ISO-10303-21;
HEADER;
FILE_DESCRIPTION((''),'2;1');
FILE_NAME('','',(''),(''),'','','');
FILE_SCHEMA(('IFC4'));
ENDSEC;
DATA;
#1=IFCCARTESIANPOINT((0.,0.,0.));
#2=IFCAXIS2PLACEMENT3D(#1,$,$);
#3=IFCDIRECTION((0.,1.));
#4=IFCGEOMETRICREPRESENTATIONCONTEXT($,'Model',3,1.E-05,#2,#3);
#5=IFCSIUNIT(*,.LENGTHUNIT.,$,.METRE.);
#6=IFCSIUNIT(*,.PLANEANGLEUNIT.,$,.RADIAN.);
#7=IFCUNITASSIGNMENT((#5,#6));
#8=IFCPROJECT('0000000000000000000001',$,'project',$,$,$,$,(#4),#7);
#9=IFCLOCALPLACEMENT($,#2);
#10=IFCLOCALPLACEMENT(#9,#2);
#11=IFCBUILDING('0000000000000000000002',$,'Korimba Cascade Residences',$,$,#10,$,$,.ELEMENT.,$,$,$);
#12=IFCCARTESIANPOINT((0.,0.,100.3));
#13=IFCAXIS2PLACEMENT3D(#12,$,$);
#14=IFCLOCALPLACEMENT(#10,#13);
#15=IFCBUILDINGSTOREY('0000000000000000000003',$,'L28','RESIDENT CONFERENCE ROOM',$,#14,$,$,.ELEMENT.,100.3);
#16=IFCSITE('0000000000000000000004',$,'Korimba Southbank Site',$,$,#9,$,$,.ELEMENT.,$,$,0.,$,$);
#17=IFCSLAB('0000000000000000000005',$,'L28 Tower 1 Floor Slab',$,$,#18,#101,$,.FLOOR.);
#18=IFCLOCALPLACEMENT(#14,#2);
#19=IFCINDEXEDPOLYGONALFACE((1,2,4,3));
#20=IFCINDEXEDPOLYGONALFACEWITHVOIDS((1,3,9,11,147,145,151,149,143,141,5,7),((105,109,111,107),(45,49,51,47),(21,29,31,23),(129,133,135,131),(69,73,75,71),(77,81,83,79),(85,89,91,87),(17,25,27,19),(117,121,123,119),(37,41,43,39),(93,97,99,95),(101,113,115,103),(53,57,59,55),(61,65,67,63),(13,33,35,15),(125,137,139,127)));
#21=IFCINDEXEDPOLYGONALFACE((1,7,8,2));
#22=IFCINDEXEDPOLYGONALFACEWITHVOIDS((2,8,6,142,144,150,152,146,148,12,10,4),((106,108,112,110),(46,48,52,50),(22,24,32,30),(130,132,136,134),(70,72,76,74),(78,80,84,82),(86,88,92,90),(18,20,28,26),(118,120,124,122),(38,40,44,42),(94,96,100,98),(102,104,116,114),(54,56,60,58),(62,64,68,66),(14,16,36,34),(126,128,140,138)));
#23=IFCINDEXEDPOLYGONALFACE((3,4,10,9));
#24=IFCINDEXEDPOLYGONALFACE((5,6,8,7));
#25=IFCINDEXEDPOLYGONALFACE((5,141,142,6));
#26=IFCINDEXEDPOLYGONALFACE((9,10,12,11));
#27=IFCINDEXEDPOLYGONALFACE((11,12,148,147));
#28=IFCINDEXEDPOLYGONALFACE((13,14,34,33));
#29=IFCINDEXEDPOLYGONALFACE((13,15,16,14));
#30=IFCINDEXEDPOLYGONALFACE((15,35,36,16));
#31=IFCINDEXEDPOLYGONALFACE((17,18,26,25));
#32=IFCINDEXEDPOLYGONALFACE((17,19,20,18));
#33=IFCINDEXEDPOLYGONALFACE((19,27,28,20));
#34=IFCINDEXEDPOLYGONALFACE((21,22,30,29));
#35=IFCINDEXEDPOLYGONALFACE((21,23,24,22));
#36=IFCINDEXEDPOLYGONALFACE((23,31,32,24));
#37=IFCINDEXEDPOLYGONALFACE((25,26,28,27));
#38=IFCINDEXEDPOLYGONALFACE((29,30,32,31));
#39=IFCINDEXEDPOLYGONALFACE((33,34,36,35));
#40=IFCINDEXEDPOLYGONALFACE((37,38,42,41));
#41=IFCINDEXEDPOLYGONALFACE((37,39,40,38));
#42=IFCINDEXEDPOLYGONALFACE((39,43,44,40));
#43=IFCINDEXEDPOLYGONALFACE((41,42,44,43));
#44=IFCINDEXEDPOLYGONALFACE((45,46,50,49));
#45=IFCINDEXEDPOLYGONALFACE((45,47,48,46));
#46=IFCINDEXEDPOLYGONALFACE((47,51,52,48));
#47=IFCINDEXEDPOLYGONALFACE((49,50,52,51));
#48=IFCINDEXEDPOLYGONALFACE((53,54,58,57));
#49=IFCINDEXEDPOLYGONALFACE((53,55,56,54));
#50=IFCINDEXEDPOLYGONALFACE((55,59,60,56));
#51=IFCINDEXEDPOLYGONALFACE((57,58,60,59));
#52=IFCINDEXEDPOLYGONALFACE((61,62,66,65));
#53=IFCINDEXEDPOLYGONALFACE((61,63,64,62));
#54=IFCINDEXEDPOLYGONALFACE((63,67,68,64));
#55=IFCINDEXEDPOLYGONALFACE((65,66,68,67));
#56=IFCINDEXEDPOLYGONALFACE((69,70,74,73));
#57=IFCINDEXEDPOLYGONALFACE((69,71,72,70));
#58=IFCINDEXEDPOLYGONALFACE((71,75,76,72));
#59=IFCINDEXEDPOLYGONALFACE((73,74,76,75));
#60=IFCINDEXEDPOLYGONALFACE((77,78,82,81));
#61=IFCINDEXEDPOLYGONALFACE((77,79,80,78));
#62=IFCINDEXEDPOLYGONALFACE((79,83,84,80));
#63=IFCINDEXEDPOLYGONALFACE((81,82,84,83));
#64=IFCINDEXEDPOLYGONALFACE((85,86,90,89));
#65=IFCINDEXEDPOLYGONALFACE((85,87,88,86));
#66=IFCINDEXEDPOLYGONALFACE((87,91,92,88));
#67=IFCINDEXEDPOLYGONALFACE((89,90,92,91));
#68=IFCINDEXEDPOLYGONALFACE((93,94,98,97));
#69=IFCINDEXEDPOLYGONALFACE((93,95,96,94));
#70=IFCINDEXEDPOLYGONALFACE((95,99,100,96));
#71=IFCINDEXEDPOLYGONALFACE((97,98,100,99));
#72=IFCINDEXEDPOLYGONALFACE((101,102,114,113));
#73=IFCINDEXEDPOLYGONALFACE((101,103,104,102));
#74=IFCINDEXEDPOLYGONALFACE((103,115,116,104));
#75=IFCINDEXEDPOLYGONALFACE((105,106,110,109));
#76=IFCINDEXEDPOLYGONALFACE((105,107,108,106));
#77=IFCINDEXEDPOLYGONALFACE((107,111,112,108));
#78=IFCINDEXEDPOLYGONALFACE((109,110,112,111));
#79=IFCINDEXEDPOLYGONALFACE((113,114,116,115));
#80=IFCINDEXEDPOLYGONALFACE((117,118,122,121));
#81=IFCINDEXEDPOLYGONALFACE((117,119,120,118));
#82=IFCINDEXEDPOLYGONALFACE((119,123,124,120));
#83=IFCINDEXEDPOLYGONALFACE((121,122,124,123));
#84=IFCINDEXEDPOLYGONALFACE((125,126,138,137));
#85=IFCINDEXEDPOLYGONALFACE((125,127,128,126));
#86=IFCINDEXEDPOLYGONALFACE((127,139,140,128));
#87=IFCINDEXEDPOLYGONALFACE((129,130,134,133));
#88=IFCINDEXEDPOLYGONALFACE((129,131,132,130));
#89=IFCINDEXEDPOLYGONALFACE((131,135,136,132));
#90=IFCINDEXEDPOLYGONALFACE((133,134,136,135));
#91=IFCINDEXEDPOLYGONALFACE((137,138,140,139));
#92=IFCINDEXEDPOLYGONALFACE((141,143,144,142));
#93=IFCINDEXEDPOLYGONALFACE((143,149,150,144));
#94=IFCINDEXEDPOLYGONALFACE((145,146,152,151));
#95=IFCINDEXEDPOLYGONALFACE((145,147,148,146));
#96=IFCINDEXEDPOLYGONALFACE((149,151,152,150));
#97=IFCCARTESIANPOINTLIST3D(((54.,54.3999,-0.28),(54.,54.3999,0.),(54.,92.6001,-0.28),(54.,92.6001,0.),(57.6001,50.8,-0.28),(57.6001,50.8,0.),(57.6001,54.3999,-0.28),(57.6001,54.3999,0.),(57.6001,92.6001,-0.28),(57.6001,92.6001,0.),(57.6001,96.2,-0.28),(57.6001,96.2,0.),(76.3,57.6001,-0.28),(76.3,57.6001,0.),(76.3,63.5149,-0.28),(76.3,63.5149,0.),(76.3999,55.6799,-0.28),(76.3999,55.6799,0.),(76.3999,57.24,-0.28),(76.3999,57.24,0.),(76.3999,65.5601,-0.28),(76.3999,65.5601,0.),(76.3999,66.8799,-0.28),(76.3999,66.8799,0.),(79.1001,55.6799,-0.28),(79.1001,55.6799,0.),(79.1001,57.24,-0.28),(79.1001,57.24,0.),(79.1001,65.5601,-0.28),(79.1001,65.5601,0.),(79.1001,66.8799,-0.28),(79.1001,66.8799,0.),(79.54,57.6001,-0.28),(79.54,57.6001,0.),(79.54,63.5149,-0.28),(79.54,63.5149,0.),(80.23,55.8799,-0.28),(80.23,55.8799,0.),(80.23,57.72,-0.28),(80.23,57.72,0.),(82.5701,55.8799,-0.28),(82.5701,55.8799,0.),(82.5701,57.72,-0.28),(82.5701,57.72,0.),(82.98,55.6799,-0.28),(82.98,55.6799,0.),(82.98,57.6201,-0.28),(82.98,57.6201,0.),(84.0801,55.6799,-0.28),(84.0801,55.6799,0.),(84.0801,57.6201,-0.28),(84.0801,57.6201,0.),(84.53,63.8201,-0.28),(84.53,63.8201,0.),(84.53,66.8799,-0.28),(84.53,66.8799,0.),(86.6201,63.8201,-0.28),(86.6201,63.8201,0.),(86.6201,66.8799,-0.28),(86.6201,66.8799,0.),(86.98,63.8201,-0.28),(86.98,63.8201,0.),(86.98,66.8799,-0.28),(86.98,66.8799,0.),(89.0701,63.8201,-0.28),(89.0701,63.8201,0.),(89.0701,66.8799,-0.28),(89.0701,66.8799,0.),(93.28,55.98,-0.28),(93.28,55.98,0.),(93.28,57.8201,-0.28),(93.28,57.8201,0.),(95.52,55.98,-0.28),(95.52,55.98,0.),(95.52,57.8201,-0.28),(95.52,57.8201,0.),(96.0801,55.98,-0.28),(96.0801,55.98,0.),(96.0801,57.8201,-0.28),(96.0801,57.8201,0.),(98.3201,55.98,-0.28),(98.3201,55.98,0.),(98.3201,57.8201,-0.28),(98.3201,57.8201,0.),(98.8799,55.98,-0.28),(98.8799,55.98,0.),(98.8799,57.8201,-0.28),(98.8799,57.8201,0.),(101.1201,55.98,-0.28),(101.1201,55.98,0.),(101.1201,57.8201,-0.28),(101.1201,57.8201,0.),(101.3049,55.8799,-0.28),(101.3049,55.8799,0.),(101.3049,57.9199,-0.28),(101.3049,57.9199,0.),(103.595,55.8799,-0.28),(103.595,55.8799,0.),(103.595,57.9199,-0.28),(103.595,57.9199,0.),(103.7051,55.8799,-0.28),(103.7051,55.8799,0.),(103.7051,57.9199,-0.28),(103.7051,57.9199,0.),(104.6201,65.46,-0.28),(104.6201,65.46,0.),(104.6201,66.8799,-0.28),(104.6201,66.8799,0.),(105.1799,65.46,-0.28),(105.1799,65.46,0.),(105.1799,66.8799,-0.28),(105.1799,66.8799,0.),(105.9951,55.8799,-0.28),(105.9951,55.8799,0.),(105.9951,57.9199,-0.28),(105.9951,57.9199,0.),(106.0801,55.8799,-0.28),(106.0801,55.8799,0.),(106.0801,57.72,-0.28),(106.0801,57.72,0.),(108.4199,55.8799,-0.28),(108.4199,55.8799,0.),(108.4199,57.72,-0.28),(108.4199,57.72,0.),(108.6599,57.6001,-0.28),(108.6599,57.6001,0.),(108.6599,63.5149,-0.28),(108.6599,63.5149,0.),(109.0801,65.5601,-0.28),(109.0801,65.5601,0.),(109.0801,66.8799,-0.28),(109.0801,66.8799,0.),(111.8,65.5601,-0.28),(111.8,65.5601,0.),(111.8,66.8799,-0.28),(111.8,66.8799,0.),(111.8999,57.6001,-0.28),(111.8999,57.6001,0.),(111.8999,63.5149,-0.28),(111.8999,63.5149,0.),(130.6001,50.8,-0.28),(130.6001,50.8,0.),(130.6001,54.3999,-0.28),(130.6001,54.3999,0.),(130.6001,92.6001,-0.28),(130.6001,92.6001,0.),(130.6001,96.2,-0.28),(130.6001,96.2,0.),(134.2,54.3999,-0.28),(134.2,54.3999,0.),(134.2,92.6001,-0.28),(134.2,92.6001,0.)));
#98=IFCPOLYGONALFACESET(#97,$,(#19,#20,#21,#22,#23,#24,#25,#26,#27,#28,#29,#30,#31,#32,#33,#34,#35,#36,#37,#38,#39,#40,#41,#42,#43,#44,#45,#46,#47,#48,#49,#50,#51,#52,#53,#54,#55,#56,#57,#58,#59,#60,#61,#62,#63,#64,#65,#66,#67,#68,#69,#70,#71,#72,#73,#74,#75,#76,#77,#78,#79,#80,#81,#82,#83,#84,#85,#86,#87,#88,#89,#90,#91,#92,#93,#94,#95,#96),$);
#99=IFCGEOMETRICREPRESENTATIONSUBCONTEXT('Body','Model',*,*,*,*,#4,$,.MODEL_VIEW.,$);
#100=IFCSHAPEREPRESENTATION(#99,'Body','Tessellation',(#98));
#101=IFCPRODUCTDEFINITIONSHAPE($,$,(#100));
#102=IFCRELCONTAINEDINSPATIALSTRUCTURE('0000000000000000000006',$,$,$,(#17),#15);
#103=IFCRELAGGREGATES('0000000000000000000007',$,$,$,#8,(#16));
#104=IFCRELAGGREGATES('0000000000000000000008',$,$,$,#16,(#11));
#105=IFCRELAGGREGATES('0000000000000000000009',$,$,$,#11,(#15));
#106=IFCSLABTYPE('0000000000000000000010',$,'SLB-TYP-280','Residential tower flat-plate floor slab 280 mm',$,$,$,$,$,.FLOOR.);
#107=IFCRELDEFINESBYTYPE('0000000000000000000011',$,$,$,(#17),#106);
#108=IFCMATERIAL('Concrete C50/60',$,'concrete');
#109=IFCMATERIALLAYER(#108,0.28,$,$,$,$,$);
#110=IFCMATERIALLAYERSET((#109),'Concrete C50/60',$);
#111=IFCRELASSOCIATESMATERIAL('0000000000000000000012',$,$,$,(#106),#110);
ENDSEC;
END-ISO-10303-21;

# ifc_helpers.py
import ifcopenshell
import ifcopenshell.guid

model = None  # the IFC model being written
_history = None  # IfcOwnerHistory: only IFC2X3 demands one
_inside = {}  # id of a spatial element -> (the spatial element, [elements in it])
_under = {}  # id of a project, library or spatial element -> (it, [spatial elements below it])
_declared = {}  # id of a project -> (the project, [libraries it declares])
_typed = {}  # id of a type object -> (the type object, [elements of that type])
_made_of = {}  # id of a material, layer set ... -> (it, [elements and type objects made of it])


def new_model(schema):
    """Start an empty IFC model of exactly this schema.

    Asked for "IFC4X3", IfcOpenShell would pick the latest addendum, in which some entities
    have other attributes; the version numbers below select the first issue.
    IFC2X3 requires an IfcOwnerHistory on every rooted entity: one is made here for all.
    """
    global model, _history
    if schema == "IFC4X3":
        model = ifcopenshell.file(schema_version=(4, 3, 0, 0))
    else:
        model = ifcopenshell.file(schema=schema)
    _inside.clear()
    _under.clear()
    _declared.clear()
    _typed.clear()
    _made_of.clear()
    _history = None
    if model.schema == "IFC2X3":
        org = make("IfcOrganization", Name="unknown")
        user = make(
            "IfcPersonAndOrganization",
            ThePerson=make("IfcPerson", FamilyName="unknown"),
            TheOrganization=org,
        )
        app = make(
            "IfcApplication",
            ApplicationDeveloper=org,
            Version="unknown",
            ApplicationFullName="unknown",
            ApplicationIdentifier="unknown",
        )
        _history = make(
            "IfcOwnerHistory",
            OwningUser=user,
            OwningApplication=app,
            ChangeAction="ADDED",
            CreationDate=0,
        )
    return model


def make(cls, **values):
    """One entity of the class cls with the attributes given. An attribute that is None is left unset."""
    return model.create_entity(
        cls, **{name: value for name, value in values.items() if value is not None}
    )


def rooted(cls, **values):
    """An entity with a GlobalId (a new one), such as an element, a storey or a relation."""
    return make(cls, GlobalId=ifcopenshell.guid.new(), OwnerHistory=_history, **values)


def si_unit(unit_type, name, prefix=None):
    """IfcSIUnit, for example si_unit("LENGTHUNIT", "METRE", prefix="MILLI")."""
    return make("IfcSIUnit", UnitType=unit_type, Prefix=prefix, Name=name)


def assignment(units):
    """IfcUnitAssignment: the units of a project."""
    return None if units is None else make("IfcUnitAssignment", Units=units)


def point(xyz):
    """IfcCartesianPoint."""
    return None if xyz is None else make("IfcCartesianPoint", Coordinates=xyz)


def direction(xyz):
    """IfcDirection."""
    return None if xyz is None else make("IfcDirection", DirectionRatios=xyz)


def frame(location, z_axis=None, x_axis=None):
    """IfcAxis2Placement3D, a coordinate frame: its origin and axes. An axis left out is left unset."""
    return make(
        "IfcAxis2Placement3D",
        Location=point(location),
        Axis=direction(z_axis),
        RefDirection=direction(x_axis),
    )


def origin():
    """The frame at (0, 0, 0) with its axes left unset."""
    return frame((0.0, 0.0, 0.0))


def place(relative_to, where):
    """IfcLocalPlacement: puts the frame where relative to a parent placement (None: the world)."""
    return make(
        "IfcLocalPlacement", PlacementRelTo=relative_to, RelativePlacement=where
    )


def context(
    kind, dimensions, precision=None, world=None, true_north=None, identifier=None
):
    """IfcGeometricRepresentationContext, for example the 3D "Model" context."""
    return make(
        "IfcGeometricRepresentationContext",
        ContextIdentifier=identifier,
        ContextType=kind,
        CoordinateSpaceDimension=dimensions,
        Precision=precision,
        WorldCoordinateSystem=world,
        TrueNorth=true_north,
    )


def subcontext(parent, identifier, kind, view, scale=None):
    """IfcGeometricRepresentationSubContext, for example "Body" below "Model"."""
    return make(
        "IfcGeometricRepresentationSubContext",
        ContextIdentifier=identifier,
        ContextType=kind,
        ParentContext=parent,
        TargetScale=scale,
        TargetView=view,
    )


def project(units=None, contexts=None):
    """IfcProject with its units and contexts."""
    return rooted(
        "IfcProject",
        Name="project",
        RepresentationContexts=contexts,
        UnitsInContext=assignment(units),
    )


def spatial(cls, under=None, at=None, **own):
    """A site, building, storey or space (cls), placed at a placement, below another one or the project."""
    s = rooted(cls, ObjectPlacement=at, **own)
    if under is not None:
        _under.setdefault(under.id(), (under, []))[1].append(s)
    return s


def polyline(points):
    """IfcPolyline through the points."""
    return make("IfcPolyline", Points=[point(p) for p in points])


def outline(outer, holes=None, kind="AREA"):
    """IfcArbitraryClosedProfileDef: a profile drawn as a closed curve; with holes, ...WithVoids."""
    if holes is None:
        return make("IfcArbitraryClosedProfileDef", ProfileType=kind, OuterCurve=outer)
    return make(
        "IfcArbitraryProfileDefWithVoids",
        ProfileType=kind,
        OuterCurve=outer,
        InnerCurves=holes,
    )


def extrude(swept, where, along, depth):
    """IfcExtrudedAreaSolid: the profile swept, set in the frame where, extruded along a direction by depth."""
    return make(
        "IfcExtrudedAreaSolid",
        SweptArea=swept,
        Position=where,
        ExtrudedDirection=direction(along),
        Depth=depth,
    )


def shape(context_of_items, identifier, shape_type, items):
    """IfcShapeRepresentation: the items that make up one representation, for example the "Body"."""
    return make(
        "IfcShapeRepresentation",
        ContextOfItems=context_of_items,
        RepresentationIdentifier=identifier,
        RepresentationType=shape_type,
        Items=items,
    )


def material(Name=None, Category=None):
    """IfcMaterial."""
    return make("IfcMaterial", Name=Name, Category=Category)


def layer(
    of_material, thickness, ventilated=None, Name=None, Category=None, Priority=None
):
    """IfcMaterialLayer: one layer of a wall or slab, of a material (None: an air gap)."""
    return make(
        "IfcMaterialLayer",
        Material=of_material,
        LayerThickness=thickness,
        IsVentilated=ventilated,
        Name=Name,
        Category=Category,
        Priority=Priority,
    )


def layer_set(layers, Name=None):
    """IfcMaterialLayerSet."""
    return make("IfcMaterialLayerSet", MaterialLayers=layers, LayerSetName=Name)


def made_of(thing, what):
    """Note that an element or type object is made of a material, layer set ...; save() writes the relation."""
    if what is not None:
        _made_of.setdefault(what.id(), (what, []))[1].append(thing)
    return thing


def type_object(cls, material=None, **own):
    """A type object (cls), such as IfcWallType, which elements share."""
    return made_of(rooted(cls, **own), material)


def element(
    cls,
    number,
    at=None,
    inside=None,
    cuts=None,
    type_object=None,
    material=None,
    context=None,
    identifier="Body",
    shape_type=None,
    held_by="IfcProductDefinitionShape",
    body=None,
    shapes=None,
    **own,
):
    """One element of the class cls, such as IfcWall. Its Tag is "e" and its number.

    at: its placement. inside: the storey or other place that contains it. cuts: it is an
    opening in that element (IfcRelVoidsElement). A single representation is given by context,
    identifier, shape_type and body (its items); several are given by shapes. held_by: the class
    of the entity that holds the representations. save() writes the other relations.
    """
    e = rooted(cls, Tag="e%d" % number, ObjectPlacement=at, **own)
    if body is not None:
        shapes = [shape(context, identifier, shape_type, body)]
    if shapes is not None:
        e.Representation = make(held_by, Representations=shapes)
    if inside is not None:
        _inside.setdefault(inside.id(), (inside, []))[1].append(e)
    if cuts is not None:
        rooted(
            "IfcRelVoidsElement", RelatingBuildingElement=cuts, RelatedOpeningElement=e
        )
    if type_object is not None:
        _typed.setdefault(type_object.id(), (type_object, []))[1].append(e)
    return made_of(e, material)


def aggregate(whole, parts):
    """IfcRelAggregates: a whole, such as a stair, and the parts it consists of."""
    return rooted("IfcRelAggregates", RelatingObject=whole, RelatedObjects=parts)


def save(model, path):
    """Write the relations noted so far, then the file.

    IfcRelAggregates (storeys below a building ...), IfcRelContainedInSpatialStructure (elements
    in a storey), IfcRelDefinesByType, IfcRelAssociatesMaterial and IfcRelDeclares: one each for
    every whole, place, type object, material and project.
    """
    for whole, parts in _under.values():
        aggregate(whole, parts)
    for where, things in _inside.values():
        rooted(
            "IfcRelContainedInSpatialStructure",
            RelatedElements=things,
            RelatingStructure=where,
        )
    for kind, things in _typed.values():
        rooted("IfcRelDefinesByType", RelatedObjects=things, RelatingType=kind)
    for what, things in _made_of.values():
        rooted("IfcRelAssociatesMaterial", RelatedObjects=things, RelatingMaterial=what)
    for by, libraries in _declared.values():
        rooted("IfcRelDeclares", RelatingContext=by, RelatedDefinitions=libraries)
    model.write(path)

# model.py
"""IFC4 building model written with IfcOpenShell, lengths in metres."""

from ifc_helpers import new_model, si_unit, direction, frame, origin, place, context, subcontext, project, spatial, polyline, outline, extrude, material, layer, layer_set, type_object, element, save


model = new_model("IFC4")

# Units and contexts
model_context = context("Model", 3, precision=1e-05, world=origin(), true_north=direction((0.0, 1.0)))
body_context = subcontext(model_context, "Body", "Model", "MODEL_VIEW")
ifc_project = project(units=[si_unit("LENGTHUNIT", "METRE"), si_unit("PLANEANGLEUNIT", "RADIAN")], contexts=[model_context])

# Site, building, storey
site_placement = place(None, origin())
site = spatial("IfcSite", under=ifc_project, at=site_placement, Name="Korimba Southbank Site", CompositionType="ELEMENT", RefElevation=0.0)
building_placement = place(site_placement, origin())
building = spatial("IfcBuilding", under=site, at=building_placement, Name="Korimba Cascade Residences", CompositionType="ELEMENT")
storey_placement = place(building_placement, frame((0.0, 0.0, 100.3)))
storey = spatial("IfcBuildingStorey", under=building, at=storey_placement, Name="L28", Description="RESIDENT CONFERENCE ROOM", CompositionType="ELEMENT", Elevation=100.3)

# Shared definitions
ifc_material_1 = material(Name="Concrete C50/60", Category="concrete")

# Slab
ifc_layer_1 = layer(ifc_material_1, 0.28)
ifc_layer_set_1 = layer_set([ifc_layer_1], Name="Concrete C50/60")
slab_type_1 = type_object("IfcSlabType", Name="SLB-TYP-280", Description="Residential tower flat-plate floor slab 280 mm", PredefinedType="FLOOR", material=ifc_layer_set_1)
slab_1_placement = place(storey_placement, frame((0.0, 0.0, -0.28)))
element("IfcSlab", 1, at=slab_1_placement, inside=storey, type_object=slab_type_1, Name="L28 Tower 1 Floor Slab", PredefinedType="FLOOR", context=body_context, shape_type="SweptSolid", body=[
    extrude(outline(polyline([(57.6001, 50.8), (130.6001, 50.8), (130.6001, 54.3999), (134.2, 54.3999), (134.2, 92.6001), (130.6001, 92.6001), (130.6001, 96.2), (57.6001, 96.2), (57.6001, 92.6001), (54.0, 92.6001), (54.0, 54.3999), (57.6001, 54.3999), (57.6001, 50.8)]), holes=[polyline([(76.3, 63.5149), (76.3, 57.6001), (79.54, 57.6001), (79.54, 63.5149), (76.3, 63.5149)]), polyline([(108.6599, 63.5149), (108.6599, 57.6001), (111.8999, 57.6001), (111.8999, 63.5149), (108.6599, 63.5149)]), polyline([(80.23, 55.8799), (82.5701, 55.8799), (82.5701, 57.72), (80.23, 57.72), (80.23, 55.8799)]), polyline([(106.0801, 55.8799), (108.4199, 55.8799), (108.4199, 57.72), (106.0801, 57.72), (106.0801, 55.8799)]), polyline([(93.28, 55.98), (95.52, 55.98), (95.52, 57.8201), (93.28, 57.8201), (93.28, 55.98)]), polyline([(96.0801, 55.98), (98.3201, 55.98), (98.3201, 57.8201), (96.0801, 57.8201), (96.0801, 55.98)]), polyline([(98.8799, 55.98), (101.1201, 55.98), (101.1201, 57.8201), (98.8799, 57.8201), (98.8799, 55.98)]), polyline([(101.3049, 55.8799), (103.595, 55.8799), (103.595, 57.9199), (101.3049, 57.9199), (101.3049, 55.8799)]), polyline([(103.7051, 55.8799), (105.9951, 55.8799), (105.9951, 57.9199), (103.7051, 57.9199), (103.7051, 55.8799)]), polyline([(82.98, 55.6799), (84.0801, 55.6799), (84.0801, 57.6201), (82.98, 57.6201), (82.98, 55.6799)]), polyline([(76.3999, 65.5601), (79.1001, 65.5601), (79.1001, 66.8799), (76.3999, 66.8799), (76.3999, 65.5601)]), polyline([(76.3999, 55.6799), (79.1001, 55.6799), (79.1001, 57.24), (76.3999, 57.24), (76.3999, 55.6799)]), polyline([(84.53, 63.8201), (86.6201, 63.8201), (86.6201, 66.8799), (84.53, 66.8799), (84.53, 63.8201)]), polyline([(86.98, 63.8201), (89.0701, 63.8201), (89.0701, 66.8799), (86.98, 66.8799), (86.98, 63.8201)]), polyline([(104.6201, 65.46), (105.1799, 65.46), (105.1799, 66.8799), (104.6201, 66.8799), (104.6201, 65.46)]), polyline([(109.0801, 65.5601), (111.8, 65.5601), (111.8, 66.8799), (109.0801, 66.8799), (109.0801, 65.5601)])]), origin(), (0.0, 0.0, 1.0), 0.28),
])

save(model, "model.ifc")
